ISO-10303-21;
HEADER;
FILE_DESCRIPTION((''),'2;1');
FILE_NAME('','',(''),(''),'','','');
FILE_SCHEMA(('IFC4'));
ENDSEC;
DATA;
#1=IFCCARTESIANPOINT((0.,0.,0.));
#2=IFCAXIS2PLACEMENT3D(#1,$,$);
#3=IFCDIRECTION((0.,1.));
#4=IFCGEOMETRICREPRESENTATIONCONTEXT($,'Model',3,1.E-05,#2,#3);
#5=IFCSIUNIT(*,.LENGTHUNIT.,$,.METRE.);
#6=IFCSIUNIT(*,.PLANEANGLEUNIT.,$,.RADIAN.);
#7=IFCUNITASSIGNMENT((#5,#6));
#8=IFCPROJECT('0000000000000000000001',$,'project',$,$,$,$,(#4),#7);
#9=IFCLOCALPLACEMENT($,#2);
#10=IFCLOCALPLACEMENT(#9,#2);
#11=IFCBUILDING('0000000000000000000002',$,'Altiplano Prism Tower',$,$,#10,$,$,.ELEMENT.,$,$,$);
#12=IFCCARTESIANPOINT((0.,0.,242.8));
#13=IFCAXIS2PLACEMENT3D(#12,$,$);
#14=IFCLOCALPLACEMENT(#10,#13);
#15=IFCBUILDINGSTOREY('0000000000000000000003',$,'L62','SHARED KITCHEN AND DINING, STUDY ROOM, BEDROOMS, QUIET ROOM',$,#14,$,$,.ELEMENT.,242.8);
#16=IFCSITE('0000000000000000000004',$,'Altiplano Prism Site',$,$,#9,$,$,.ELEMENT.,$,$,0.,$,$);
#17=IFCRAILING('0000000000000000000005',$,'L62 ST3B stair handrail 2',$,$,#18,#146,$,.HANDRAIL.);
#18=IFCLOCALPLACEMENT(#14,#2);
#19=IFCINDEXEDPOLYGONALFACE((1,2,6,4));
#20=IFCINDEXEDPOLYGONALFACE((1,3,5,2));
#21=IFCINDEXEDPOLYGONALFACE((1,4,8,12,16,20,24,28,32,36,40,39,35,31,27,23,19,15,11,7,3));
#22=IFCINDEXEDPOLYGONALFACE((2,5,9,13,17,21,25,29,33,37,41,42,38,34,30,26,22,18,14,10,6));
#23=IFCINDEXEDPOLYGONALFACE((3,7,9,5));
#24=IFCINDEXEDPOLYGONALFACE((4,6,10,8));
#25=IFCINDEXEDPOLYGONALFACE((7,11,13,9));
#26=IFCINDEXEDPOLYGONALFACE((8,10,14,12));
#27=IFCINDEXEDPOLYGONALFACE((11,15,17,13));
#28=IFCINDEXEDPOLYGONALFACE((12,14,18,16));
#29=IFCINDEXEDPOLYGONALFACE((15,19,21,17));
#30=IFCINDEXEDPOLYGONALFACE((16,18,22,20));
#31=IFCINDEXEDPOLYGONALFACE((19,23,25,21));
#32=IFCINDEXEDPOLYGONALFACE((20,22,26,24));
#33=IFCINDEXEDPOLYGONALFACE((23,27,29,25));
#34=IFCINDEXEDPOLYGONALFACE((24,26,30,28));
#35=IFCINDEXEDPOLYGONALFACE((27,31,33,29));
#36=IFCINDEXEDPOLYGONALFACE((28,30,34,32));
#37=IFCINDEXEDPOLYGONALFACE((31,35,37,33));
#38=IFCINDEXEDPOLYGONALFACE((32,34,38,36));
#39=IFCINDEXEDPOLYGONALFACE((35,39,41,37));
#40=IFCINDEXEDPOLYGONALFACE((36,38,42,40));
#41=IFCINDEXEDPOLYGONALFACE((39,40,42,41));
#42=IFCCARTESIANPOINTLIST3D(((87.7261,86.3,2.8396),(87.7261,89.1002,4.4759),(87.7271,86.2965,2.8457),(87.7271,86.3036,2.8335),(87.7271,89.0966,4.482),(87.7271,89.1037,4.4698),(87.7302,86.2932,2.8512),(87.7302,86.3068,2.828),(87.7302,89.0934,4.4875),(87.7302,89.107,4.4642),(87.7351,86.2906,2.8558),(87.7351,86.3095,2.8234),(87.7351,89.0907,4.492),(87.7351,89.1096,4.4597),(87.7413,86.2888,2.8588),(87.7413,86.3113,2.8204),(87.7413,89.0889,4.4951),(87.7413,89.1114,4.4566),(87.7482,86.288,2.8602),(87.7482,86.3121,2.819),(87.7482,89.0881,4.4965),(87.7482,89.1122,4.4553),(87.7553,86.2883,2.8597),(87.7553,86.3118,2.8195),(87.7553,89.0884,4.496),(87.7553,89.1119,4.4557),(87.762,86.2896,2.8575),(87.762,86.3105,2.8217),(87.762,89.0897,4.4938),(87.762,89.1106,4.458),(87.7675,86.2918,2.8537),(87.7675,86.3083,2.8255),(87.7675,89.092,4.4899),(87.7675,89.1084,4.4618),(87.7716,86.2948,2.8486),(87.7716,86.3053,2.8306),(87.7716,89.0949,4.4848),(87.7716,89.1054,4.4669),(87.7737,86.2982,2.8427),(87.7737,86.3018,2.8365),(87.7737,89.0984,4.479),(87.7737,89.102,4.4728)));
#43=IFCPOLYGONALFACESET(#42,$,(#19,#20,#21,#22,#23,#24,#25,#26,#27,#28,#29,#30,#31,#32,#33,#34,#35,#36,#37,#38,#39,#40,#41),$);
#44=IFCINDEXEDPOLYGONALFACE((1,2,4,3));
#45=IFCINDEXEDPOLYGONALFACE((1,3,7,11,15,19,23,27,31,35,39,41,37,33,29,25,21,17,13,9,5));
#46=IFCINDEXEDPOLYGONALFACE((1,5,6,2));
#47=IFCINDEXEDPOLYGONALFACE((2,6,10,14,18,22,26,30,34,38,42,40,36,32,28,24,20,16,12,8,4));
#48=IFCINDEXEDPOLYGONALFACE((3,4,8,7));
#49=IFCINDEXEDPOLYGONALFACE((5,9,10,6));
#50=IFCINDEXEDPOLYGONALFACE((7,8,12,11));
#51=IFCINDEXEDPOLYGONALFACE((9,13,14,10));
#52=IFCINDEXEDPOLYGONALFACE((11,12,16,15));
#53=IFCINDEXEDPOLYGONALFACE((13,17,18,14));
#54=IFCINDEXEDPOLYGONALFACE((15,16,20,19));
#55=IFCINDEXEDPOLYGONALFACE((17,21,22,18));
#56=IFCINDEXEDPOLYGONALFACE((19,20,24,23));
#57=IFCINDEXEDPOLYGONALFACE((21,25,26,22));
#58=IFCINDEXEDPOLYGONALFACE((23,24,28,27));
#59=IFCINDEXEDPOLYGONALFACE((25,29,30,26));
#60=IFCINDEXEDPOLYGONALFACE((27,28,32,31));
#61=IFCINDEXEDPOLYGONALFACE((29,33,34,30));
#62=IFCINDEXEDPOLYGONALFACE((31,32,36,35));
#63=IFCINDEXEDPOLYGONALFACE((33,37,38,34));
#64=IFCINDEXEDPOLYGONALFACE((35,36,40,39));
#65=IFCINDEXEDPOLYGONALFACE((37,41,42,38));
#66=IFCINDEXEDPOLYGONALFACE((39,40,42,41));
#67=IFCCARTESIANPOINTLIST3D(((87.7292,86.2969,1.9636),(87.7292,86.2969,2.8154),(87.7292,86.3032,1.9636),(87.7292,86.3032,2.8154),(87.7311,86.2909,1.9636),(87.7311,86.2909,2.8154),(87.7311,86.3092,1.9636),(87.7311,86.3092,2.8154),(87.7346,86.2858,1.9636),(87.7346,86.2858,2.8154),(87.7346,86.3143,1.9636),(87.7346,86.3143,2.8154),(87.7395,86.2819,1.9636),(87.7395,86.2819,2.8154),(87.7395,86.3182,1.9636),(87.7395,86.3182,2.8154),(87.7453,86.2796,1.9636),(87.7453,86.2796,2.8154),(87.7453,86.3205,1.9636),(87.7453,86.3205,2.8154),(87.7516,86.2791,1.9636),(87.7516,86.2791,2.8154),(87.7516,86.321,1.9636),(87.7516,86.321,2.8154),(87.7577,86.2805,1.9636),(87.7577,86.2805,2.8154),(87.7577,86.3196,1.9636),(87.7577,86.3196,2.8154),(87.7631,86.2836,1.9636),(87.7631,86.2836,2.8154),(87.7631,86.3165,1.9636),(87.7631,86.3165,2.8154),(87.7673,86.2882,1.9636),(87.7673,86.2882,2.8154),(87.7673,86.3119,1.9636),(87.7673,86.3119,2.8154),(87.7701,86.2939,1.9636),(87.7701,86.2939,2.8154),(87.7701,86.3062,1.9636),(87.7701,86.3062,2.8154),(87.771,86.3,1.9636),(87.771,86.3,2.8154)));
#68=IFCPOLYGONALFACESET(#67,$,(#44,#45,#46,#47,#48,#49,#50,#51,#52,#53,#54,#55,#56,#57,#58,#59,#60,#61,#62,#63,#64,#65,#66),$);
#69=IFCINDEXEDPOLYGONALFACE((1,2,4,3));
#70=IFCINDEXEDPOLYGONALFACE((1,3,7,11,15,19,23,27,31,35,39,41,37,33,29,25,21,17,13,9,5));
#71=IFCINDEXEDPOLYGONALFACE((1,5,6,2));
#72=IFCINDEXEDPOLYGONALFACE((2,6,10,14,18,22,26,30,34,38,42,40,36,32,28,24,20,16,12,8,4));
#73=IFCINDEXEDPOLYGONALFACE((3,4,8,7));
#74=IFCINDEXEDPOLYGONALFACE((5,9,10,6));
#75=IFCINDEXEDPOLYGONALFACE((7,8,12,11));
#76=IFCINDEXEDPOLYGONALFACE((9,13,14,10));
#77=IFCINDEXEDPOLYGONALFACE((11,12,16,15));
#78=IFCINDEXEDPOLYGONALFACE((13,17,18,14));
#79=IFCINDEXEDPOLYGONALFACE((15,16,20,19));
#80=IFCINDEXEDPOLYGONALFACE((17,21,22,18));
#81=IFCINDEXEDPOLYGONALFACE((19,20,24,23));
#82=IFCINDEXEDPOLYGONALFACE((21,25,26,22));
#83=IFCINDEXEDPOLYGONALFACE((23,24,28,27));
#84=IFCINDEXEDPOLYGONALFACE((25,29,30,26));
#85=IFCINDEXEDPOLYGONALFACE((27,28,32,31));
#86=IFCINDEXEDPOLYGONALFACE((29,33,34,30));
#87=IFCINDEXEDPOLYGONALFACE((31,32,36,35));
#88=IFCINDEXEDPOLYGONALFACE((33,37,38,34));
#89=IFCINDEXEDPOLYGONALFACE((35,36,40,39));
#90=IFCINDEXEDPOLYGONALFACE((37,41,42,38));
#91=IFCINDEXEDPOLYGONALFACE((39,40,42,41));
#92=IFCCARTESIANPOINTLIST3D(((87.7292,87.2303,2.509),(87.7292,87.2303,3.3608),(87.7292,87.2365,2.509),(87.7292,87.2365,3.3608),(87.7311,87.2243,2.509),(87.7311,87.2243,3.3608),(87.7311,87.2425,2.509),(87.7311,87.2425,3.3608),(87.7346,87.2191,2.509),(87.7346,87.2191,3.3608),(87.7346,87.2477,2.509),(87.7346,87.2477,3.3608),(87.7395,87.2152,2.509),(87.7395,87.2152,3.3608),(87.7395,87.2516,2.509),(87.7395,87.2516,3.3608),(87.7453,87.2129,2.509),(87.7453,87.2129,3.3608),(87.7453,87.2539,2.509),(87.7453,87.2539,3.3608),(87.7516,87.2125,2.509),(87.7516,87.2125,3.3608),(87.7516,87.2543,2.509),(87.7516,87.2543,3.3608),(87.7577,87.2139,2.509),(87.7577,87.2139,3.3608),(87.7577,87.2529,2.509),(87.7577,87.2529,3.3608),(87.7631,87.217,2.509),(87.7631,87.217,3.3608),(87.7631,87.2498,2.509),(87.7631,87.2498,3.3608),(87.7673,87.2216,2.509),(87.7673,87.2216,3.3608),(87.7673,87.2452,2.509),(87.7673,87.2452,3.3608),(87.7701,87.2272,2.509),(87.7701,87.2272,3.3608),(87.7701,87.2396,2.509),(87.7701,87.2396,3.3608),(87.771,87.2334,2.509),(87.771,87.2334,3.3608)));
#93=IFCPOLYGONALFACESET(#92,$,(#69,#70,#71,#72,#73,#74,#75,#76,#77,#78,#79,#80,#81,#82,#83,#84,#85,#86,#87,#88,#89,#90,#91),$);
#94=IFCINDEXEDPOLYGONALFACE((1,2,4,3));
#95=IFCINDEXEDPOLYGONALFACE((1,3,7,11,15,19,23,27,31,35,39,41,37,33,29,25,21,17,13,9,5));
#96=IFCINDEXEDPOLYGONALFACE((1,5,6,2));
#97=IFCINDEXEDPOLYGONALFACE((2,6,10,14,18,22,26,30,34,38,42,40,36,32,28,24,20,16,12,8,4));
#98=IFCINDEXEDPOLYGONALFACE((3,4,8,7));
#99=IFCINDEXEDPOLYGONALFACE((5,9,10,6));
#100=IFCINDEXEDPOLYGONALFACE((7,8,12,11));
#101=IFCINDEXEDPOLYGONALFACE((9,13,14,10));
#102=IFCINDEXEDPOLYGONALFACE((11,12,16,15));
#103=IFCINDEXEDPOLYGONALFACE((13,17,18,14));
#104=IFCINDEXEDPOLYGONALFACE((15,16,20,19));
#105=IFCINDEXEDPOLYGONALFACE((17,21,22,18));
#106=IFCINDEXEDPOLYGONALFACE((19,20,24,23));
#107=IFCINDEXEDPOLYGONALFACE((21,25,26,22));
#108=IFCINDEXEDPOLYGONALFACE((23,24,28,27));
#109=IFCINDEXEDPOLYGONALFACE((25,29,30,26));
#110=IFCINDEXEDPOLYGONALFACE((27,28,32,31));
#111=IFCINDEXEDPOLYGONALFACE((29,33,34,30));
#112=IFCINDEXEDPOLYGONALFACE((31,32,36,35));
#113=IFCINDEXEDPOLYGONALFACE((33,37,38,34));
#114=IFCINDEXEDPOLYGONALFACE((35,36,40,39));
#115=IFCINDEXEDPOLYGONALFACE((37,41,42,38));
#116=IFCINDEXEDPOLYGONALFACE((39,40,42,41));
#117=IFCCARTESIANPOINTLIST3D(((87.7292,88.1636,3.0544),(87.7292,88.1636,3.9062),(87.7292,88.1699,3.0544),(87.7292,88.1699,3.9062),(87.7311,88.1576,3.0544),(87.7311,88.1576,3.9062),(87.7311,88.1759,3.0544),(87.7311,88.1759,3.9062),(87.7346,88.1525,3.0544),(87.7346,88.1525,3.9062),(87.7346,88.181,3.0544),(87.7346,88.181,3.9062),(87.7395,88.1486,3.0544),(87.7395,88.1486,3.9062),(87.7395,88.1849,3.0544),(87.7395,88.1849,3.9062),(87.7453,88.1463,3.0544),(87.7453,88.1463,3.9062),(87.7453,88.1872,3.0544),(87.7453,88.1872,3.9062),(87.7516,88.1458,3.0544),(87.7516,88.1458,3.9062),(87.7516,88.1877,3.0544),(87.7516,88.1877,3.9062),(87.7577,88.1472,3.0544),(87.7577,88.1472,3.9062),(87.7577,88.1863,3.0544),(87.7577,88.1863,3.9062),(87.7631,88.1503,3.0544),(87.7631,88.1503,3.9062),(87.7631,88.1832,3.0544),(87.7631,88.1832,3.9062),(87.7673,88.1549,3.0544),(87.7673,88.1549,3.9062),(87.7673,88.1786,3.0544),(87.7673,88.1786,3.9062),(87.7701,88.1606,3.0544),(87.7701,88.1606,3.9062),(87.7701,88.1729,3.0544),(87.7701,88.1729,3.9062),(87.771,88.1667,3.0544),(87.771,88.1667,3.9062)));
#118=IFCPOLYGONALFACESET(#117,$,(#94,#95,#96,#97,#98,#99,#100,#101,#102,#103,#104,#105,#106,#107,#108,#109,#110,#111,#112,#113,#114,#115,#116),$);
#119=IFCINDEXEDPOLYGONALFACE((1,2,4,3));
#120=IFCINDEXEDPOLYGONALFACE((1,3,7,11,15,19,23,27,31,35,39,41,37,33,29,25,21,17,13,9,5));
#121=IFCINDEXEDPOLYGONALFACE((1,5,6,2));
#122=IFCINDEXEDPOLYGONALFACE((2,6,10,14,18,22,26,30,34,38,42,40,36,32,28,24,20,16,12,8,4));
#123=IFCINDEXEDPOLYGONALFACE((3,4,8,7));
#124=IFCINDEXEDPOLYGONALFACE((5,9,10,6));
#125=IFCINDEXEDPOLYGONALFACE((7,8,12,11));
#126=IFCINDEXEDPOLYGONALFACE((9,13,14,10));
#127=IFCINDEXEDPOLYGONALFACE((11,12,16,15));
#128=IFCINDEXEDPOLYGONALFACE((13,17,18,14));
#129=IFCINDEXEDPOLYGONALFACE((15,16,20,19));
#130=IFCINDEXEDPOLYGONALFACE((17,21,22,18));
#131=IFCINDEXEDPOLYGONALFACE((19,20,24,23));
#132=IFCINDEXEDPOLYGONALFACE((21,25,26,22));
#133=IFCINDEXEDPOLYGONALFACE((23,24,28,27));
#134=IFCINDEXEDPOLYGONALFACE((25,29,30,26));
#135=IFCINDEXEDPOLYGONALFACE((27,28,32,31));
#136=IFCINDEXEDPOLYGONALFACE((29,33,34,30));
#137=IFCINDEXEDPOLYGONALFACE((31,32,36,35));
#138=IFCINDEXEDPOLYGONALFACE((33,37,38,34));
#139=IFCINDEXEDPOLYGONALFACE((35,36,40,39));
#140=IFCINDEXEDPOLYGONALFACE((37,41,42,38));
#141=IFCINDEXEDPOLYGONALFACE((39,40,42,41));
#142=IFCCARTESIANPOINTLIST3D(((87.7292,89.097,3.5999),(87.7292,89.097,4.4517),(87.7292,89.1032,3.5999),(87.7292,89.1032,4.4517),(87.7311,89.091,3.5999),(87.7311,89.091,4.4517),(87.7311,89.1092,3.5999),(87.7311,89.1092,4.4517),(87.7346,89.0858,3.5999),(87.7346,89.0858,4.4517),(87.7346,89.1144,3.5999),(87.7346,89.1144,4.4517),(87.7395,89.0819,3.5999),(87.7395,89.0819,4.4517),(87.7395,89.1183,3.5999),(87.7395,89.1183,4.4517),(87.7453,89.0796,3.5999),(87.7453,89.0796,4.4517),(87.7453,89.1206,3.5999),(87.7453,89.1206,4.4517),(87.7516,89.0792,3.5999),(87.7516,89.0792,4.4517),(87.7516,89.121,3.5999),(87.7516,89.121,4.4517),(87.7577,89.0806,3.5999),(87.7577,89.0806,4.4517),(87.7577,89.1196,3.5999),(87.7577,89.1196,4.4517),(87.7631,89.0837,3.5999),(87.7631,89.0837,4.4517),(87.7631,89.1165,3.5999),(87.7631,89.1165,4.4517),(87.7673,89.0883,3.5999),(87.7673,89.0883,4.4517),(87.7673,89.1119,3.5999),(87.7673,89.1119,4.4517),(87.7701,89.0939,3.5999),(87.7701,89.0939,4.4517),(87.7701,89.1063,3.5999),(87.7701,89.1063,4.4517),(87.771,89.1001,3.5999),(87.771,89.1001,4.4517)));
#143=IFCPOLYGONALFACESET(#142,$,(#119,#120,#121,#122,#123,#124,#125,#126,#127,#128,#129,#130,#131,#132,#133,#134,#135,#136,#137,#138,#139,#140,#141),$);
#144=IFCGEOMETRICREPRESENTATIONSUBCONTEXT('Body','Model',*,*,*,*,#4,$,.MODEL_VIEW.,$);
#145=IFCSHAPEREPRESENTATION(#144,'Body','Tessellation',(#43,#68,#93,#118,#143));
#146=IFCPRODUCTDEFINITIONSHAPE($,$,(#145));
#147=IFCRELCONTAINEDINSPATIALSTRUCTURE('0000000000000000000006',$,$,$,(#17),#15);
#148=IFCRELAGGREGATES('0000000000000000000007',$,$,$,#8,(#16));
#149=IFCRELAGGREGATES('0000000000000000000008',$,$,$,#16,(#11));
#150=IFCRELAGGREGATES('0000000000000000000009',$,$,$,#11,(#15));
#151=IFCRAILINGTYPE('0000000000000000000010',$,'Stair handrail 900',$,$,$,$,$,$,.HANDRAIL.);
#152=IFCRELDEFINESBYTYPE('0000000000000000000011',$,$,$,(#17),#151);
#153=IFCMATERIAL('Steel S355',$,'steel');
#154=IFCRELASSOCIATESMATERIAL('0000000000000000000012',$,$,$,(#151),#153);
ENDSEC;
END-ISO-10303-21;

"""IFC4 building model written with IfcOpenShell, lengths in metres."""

from ifc_helpers import new_model, si_unit, direction, frame, origin, origin_2d, place, context, subcontext, project, spatial, circle, extrude, material, type_object, element, save


model = new_model("IFC4")

# Units and contexts
model_context = context("Model", 3, precision=1e-05, world=origin(), true_north=direction((0.0, 1.0)))
body_context = subcontext(model_context, "Body", "Model", "MODEL_VIEW")
ifc_project = project(units=[si_unit("LENGTHUNIT", "METRE"), si_unit("PLANEANGLEUNIT", "RADIAN")], contexts=[model_context])

# Site, building, storey
site_placement = place(None, origin())
site = spatial("IfcSite", under=ifc_project, at=site_placement, Name="Altiplano Prism Site", CompositionType="ELEMENT", RefElevation=0.0)
building_placement = place(site_placement, origin())
building = spatial("IfcBuilding", under=site, at=building_placement, Name="Altiplano Prism Tower", CompositionType="ELEMENT")
storey_placement = place(building_placement, frame((0.0, 0.0, 242.8)))
storey = spatial("IfcBuildingStorey", under=building, at=storey_placement, Name="L62", Description="SHARED KITCHEN AND DINING, STUDY ROOM, BEDROOMS, QUIET ROOM", CompositionType="ELEMENT", Elevation=242.8)

# Railing
ifc_material_1 = material(Name="Steel S355", Category="steel")
railing_type = type_object("IfcRailingType", Name="Stair handrail 900", PredefinedType="HANDRAIL", material=ifc_material_1)
railing_1_placement = place(storey_placement, frame((87.75, 86.3, 1.9636)))
element("IfcRailing", 1, at=railing_1_placement, inside=storey, type_object=railing_type, Name="L62 ST3B stair handrail 2", PredefinedType="HANDRAIL", context=body_context, shape_type="SweptSolid", body=[
    extrude(circle(Radius=0.0239, at=origin_2d()), frame((0.0, 0.0, 0.876), z_axis=(0.0, 0.863394, 0.504531), x_axis=(-1.0, 0.0, 0.0)), (0.0, 0.0, 1.0), 3.2432),
    extrude(circle(Radius=0.021, at=origin_2d()), origin(), (0.0, 0.0, 1.0), 0.8518),
    extrude(circle(Radius=0.021, at=origin_2d()), frame((0.0, 0.9333, 0.5454)), (0.0, 0.0, 1.0), 0.8518),
    extrude(circle(Radius=0.021, at=origin_2d()), frame((0.0, 1.8667, 1.0908)), (0.0, 0.0, 1.0), 0.8518),
    extrude(circle(Radius=0.021, at=origin_2d()), frame((0.0, 2.8, 1.6362)), (0.0, 0.0, 1.0), 0.8518),
])

save(model, "model.ifc")
